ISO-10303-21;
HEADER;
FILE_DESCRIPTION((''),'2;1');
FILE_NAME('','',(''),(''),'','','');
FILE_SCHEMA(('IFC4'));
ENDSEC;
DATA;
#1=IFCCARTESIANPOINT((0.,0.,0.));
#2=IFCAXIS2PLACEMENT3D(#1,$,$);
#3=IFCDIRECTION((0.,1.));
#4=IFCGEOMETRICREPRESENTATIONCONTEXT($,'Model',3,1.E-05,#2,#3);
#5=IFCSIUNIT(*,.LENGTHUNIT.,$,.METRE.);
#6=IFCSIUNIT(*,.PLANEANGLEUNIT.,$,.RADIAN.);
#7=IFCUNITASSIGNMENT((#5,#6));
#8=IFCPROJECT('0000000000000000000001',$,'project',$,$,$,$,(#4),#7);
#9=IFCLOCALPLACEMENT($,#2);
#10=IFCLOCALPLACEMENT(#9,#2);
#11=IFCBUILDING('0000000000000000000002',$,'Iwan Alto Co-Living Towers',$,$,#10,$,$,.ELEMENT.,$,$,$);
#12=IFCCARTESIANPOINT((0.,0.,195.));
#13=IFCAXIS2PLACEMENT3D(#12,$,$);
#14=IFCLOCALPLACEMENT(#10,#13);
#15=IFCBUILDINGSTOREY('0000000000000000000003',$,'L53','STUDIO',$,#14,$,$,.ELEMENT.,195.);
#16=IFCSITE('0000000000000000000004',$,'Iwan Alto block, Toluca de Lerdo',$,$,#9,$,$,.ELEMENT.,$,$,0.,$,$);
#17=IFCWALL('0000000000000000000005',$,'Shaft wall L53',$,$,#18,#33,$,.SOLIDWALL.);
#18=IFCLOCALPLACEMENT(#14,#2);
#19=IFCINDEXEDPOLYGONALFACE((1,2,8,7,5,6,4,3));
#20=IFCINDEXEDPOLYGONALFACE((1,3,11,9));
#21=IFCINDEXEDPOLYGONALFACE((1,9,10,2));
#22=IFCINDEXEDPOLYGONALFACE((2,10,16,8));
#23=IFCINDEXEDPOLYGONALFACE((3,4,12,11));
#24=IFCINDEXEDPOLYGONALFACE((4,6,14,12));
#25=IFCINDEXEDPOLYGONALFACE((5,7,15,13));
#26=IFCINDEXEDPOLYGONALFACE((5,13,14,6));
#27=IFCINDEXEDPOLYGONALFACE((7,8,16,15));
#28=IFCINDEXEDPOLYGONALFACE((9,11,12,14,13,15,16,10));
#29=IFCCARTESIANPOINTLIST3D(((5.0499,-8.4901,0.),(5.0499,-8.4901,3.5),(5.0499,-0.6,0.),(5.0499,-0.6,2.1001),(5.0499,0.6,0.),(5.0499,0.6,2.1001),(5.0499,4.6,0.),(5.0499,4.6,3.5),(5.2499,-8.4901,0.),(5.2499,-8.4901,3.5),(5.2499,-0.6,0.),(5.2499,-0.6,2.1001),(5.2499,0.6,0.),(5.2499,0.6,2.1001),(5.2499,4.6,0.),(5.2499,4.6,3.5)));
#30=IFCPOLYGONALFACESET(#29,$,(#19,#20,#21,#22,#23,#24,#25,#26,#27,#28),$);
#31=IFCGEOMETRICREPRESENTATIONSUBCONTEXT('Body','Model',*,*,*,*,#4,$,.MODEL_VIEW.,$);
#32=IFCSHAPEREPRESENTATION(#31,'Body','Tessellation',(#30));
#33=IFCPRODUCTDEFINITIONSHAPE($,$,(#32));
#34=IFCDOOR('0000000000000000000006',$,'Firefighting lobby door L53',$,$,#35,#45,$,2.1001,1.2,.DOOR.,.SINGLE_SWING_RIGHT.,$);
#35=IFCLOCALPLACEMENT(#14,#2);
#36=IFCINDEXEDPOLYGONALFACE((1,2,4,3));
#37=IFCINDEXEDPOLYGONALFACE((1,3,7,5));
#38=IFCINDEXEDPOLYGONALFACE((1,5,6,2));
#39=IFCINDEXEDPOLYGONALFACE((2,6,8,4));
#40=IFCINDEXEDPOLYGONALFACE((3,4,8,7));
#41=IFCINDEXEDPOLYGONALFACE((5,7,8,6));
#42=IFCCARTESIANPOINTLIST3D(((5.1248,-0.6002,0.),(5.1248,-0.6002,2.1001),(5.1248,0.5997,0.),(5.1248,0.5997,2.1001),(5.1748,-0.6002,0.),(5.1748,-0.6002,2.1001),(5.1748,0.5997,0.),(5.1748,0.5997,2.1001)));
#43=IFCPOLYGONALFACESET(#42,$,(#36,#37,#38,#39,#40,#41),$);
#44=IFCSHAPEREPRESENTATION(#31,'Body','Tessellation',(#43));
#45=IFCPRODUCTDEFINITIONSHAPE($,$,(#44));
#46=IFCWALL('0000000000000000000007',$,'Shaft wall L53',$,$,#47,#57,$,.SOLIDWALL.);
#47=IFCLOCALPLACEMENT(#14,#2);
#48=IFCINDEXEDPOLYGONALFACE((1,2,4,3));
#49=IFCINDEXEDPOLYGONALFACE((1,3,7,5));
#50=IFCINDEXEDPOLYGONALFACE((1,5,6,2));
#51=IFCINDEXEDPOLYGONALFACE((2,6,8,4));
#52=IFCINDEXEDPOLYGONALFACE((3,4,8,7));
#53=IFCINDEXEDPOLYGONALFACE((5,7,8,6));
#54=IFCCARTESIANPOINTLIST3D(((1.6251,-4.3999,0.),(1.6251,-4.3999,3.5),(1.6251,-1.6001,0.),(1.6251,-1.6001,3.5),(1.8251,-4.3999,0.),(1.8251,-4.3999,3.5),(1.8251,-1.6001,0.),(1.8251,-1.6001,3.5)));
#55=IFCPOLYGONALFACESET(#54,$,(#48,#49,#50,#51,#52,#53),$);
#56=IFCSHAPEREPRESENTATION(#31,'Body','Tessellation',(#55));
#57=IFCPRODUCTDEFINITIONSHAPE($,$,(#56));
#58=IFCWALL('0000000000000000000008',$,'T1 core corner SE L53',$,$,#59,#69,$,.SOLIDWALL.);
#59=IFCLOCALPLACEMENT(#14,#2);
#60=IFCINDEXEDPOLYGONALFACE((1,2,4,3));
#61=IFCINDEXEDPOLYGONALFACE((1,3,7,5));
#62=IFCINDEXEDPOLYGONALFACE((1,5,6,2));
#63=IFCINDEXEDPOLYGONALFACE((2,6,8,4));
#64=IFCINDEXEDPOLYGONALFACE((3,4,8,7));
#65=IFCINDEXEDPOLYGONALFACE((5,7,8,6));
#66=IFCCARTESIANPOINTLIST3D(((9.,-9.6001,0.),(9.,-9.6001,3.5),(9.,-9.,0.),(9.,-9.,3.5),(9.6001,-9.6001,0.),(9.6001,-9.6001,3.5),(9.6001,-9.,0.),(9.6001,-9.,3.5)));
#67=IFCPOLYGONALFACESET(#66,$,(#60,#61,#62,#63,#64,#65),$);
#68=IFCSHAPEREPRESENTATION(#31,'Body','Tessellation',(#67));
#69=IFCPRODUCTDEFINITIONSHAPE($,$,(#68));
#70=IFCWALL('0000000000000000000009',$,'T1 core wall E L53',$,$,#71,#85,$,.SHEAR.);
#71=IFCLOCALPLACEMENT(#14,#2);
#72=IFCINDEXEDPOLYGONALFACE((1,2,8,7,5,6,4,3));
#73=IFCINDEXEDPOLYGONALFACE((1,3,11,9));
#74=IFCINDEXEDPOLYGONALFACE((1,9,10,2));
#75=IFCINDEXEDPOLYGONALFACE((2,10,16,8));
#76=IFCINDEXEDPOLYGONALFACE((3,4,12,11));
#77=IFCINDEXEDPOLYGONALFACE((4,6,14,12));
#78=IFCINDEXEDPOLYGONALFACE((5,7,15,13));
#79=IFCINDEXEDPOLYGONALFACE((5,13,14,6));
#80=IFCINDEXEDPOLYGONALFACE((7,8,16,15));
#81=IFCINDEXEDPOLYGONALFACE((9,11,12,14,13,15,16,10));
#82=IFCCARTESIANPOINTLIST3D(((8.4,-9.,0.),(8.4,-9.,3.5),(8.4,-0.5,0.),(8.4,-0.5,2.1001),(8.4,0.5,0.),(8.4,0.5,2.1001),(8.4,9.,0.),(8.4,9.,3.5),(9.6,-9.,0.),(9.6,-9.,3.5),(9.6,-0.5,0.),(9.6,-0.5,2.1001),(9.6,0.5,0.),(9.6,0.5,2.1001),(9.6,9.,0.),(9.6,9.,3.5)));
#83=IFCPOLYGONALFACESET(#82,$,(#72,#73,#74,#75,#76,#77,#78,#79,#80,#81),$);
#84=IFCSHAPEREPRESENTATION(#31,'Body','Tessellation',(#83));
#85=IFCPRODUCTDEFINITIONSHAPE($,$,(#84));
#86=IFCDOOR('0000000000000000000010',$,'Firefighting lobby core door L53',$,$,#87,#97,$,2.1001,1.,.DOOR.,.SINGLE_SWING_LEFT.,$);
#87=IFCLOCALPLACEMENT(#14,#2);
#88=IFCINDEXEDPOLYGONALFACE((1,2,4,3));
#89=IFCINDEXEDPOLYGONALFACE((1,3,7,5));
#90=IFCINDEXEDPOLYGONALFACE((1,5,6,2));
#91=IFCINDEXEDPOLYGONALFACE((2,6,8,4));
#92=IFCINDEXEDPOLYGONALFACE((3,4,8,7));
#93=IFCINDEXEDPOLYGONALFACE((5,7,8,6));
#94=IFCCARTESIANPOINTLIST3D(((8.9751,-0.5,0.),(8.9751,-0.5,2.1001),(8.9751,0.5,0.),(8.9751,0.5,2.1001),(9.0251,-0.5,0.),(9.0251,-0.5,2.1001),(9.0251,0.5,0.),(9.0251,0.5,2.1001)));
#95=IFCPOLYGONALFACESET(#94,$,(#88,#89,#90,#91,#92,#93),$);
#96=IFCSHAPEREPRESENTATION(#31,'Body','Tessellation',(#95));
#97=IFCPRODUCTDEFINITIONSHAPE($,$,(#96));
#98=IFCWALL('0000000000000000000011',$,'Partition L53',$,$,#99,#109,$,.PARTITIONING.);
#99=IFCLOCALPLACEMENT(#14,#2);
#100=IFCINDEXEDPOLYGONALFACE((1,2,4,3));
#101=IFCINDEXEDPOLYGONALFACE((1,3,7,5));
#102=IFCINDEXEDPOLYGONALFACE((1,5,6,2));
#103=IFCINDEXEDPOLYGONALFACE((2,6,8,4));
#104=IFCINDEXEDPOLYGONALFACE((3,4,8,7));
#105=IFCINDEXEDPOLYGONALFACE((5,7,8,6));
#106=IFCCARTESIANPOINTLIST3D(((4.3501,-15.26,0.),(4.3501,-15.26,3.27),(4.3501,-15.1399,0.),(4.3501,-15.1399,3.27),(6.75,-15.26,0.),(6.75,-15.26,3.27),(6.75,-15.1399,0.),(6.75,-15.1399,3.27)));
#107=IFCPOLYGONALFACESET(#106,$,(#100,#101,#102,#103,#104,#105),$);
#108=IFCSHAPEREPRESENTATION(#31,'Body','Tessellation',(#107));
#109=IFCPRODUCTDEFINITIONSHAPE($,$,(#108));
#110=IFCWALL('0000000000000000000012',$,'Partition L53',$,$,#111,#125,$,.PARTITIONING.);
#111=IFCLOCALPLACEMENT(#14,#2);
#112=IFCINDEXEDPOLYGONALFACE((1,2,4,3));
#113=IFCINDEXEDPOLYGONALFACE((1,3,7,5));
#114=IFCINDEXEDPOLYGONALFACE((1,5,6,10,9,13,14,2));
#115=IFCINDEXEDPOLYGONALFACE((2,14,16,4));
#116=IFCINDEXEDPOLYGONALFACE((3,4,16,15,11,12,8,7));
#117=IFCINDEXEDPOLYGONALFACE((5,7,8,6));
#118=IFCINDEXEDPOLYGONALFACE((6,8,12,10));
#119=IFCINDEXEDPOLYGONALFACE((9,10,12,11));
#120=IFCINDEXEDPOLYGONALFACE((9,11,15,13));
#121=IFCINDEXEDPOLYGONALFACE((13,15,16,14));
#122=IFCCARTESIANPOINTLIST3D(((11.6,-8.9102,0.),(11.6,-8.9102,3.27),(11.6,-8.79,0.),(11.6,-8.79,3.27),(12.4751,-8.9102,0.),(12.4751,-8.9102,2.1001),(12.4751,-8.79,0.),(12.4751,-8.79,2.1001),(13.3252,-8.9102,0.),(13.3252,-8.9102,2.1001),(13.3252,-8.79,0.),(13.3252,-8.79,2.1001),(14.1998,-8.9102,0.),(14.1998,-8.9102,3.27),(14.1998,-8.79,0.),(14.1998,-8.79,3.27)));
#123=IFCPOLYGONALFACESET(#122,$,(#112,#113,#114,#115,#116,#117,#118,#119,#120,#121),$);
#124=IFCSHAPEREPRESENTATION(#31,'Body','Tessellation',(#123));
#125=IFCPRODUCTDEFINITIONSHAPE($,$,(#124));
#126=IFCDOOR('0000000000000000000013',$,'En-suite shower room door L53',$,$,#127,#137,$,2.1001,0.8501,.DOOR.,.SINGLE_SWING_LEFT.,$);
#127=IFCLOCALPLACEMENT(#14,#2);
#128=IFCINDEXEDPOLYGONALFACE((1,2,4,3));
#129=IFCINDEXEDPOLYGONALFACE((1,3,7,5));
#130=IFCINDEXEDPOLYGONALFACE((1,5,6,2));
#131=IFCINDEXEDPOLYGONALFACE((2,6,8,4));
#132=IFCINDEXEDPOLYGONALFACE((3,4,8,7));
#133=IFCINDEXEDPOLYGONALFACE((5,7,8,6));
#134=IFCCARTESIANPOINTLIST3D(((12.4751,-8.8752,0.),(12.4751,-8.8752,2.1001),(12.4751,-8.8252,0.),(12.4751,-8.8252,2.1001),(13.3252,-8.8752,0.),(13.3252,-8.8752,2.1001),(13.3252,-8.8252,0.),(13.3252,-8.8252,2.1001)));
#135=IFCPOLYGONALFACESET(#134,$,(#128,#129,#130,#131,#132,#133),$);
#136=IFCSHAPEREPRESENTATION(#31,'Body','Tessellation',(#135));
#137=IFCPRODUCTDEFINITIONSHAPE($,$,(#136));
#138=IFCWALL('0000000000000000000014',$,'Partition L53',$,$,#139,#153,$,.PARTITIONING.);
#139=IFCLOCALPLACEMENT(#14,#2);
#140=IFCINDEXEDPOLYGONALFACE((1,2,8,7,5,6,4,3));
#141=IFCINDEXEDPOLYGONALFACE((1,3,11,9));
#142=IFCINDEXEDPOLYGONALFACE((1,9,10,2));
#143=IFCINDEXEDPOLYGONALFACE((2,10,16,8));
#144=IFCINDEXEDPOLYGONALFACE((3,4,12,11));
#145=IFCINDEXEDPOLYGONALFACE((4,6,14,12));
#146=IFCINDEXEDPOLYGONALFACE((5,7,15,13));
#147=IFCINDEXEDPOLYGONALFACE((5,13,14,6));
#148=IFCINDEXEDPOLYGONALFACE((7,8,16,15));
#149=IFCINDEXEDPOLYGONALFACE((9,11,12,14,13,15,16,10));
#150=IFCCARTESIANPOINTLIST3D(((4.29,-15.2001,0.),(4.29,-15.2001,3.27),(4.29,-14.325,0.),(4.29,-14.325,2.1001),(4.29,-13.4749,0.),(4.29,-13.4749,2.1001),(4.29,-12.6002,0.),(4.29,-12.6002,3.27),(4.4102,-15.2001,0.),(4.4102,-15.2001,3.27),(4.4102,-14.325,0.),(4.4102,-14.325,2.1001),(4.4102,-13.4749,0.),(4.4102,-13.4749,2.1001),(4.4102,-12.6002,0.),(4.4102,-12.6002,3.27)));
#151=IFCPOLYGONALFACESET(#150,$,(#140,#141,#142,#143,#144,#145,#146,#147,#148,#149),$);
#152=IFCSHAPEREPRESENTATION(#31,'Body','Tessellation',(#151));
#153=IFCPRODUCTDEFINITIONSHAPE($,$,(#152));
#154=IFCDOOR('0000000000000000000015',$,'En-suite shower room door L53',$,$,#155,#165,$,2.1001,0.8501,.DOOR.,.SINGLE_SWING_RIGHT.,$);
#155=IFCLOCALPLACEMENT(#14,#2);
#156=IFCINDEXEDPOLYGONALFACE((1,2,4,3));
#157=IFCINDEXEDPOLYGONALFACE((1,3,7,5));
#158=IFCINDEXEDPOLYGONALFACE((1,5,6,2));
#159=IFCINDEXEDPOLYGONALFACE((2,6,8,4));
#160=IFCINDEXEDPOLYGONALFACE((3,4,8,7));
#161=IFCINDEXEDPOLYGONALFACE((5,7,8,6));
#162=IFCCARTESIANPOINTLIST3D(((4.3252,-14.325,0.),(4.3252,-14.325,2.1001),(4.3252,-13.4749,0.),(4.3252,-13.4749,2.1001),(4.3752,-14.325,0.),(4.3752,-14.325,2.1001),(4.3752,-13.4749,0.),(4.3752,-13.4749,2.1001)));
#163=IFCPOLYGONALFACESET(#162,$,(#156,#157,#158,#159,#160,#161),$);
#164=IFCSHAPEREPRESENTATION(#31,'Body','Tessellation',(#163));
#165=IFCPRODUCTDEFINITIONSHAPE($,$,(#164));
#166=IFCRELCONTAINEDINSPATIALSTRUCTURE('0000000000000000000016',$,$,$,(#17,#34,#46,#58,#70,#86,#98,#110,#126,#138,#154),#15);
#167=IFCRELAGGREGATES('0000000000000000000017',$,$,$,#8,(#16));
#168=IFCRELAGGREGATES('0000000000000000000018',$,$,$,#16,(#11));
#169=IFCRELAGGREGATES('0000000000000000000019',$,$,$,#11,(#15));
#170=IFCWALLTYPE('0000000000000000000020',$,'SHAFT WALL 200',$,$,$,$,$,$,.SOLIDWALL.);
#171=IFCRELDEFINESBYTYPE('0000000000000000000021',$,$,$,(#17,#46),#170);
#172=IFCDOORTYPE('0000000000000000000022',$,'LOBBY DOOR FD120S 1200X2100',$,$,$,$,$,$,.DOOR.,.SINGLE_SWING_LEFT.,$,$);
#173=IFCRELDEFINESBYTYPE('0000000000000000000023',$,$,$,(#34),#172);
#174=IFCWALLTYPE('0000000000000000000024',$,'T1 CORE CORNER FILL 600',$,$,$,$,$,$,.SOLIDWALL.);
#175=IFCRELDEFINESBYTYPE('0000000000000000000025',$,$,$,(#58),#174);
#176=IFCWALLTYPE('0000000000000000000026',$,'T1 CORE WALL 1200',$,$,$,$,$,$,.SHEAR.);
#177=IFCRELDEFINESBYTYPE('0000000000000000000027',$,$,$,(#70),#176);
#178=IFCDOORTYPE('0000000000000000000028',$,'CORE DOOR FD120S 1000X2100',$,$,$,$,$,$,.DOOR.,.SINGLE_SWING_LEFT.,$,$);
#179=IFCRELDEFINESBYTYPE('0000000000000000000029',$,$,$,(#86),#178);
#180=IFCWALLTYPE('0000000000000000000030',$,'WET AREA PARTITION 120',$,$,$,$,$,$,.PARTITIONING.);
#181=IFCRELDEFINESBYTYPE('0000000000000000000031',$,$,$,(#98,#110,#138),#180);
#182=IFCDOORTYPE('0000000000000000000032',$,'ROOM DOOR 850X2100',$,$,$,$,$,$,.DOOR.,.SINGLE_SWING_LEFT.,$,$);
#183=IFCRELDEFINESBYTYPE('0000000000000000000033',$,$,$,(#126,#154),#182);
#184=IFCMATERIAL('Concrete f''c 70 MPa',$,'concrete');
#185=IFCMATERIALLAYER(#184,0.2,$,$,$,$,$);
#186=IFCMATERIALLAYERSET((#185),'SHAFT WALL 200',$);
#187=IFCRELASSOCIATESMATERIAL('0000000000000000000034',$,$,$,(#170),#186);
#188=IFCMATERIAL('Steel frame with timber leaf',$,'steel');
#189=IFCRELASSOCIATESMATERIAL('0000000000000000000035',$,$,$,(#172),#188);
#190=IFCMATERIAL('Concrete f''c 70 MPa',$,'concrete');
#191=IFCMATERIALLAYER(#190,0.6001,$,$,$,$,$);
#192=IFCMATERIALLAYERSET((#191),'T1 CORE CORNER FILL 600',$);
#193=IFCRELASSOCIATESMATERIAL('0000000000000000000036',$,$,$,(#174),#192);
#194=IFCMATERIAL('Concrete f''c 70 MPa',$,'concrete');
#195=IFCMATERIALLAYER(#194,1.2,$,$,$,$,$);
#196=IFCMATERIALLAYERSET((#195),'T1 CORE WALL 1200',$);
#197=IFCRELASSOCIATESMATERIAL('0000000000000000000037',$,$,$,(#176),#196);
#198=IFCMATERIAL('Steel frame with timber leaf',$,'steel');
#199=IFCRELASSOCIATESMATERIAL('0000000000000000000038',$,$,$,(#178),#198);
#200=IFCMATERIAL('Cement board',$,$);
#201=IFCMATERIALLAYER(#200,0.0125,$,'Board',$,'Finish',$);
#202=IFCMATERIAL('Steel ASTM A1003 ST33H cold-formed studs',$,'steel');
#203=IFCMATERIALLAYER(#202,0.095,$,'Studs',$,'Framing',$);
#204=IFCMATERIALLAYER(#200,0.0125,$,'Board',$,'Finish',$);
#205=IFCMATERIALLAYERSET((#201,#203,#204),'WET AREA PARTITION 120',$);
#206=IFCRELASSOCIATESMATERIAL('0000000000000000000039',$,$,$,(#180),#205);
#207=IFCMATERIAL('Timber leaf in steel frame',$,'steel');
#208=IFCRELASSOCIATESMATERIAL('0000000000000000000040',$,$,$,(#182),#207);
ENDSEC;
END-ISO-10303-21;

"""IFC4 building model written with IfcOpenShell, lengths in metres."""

from ifc_helpers import new_model, si_unit, direction, frame, frame_2d, origin, place, context, subcontext, project, spatial, rectangle, extrude, material, layer, layer_set, type_object, element, fill, save


model = new_model("IFC4")

# Units and contexts
model_context = context("Model", 3, precision=1e-05, world=origin(), true_north=direction((0.0, 1.0)))
body_context = subcontext(model_context, "Body", "Model", "MODEL_VIEW")
ifc_project = project(units=[si_unit("LENGTHUNIT", "METRE"), si_unit("PLANEANGLEUNIT", "RADIAN")], contexts=[model_context])

# Site, building, storey
site_placement = place(None, origin())
site = spatial("IfcSite", under=ifc_project, at=site_placement, Name="Iwan Alto block, Toluca de Lerdo", CompositionType="ELEMENT", RefElevation=0.0)
building_placement = place(site_placement, origin())
building = spatial("IfcBuilding", under=site, at=building_placement, Name="Iwan Alto Co-Living Towers", CompositionType="ELEMENT")
storey_placement = place(building_placement, frame((0.0, 0.0, 195.0)))
storey = spatial("IfcBuildingStorey", under=building, at=storey_placement, Name="L53", Description="STUDIO", CompositionType="ELEMENT", Elevation=195.0)

# Shared definitions
ifc_material_1 = material(Name="Steel ASTM A1003 ST33H cold-formed studs", Category="steel")

# Wall, opening, door
ifc_material_2 = material(Name="Concrete f'c 70 MPa", Category="concrete")
ifc_layer_1 = layer(ifc_material_2, 0.2)
ifc_layer_set_1 = layer_set([ifc_layer_1], Name="SHAFT WALL 200")
wall_type_1 = type_object("IfcWallType", Name="SHAFT WALL 200", PredefinedType="SOLIDWALL", material=ifc_layer_set_1)
wall_1_placement = place(storey_placement, frame((5.1499, -8.49, 0.0), z_axis=(0.0, 0.0, 1.0), x_axis=(0.0, 1.0, 0.0)))
wall_1 = element("IfcWall", 1, at=wall_1_placement, inside=storey, type_object=wall_type_1, Name="Shaft wall L53", PredefinedType="SOLIDWALL", context=body_context, shape_type="SweptSolid", body=[
    extrude(rectangle(XDim=13.0901, YDim=0.2, at=frame_2d((6.5449, 0.0))), origin(), (0.0, 0.0, 1.0), 3.5),
])
opening_1_placement = place(wall_1_placement, frame((7.8899, 0.0, 0.0)))
opening_1 = element("IfcOpeningElement", 2, at=opening_1_placement, cuts=wall_1, PredefinedType="OPENING", context=body_context, shape_type="SweptSolid", body=[
    extrude(rectangle(XDim=1.2, YDim=2.1001, at=frame_2d((0.6001, 1.05))), frame((0.0, 0.1099, 0.0), z_axis=(0.0, -1.0, 0.0), x_axis=(1.0, 0.0, 0.0)), (0.0, 0.0, 1.0), 0.22),
])
ifc_material_3 = material(Name="Steel frame with timber leaf", Category="steel")
door_type_1 = type_object("IfcDoorType", Name="LOBBY DOOR FD120S 1200X2100", OperationType="SINGLE_SWING_LEFT", PredefinedType="DOOR", material=ifc_material_3)
door_1_placement = place(opening_1_placement, frame((1.2, 0.0, 0.0), z_axis=(0.0, 0.0, 1.0), x_axis=(-1.0, 0.0, 0.0)))
door_1 = element("IfcDoor", 3, at=door_1_placement, inside=storey, type_object=door_type_1, Name="Firefighting lobby door L53", OperationType="SINGLE_SWING_RIGHT", OverallHeight=2.1001, OverallWidth=1.2, PredefinedType="DOOR", context=body_context, shape_type="SweptSolid", body=[
    extrude(rectangle(XDim=1.2, YDim=2.1001, at=frame_2d((0.6001, 1.05))), frame((0.0, 0.0249, 0.0), z_axis=(0.0, -1.0, 0.0), x_axis=(1.0, 0.0, 0.0)), (0.0, 0.0, 1.0), 0.05),
])
fill(opening_1, door_1)

# Walls
wall_2_placement = place(storey_placement, frame((1.7251, -4.3999, 0.0), z_axis=(0.0, 0.0, 1.0), x_axis=(0.0, 1.0, 0.0)))
element("IfcWall", 4, at=wall_2_placement, inside=storey, type_object=wall_type_1, Name="Shaft wall L53", PredefinedType="SOLIDWALL", context=body_context, shape_type="SweptSolid", body=[
    extrude(rectangle(XDim=2.7998, YDim=0.2, at=frame_2d((1.3999, 0.0))), origin(), (0.0, 0.0, 1.0), 3.5),
])
ifc_material_4 = material(Name="Concrete f'c 70 MPa", Category="concrete")
ifc_layer_2 = layer(ifc_material_4, 0.6001)
ifc_layer_set_2 = layer_set([ifc_layer_2], Name="T1 CORE CORNER FILL 600")
wall_type_2 = type_object("IfcWallType", Name="T1 CORE CORNER FILL 600", PredefinedType="SOLIDWALL", material=ifc_layer_set_2)
wall_3_placement = place(storey_placement, frame((9.0, -9.3, 0.0), z_axis=(0.0, 0.0, 1.0), x_axis=(1.0, 0.0, 0.0)))
element("IfcWall", 5, at=wall_3_placement, inside=storey, type_object=wall_type_2, Name="T1 core corner SE L53", PredefinedType="SOLIDWALL", context=body_context, shape_type="SweptSolid", body=[
    extrude(rectangle(XDim=0.6001, YDim=0.6001, at=frame_2d((0.3, 0.0))), origin(), (0.0, 0.0, 1.0), 3.5),
])

# Wall, opening, door
ifc_material_5 = material(Name="Concrete f'c 70 MPa", Category="concrete")
ifc_layer_3 = layer(ifc_material_5, 1.2)
ifc_layer_set_3 = layer_set([ifc_layer_3], Name="T1 CORE WALL 1200")
wall_type_3 = type_object("IfcWallType", Name="T1 CORE WALL 1200", PredefinedType="SHEAR", material=ifc_layer_set_3)
wall_4_placement = place(storey_placement, frame((9.0, -9.0, 0.0), z_axis=(0.0, 0.0, 1.0), x_axis=(0.0, 1.0, 0.0)))
wall_4 = element("IfcWall", 6, at=wall_4_placement, inside=storey, type_object=wall_type_3, Name="T1 core wall E L53", PredefinedType="SHEAR", context=body_context, shape_type="SweptSolid", body=[
    extrude(rectangle(XDim=18.0, YDim=1.2, at=frame_2d((9.0, 0.0))), origin(), (0.0, 0.0, 1.0), 3.5),
])
opening_2_placement = place(wall_4_placement, frame((8.5, 0.0, 0.0)))
opening_2 = element("IfcOpeningElement", 7, at=opening_2_placement, cuts=wall_4, PredefinedType="OPENING", context=body_context, shape_type="SweptSolid", body=[
    extrude(rectangle(XDim=1.0, YDim=2.1001, at=frame_2d((0.5, 1.05))), frame((0.0, 0.6099, 0.0), z_axis=(0.0, -1.0, 0.0), x_axis=(1.0, 0.0, 0.0)), (0.0, 0.0, 1.0), 1.22),
])
ifc_material_6 = material(Name="Steel frame with timber leaf", Category="steel")
door_type_2 = type_object("IfcDoorType", Name="CORE DOOR FD120S 1000X2100", OperationType="SINGLE_SWING_LEFT", PredefinedType="DOOR", material=ifc_material_6)
door_2_placement = place(opening_2_placement, origin())
door_2 = element("IfcDoor", 8, at=door_2_placement, inside=storey, type_object=door_type_2, Name="Firefighting lobby core door L53", OperationType="SINGLE_SWING_LEFT", OverallHeight=2.1001, OverallWidth=1.0, PredefinedType="DOOR", context=body_context, shape_type="SweptSolid", body=[
    extrude(rectangle(XDim=1.0, YDim=2.1001, at=frame_2d((0.5, 1.05))), frame((0.0, 0.0249, 0.0), z_axis=(0.0, -1.0, 0.0), x_axis=(1.0, 0.0, 0.0)), (0.0, 0.0, 1.0), 0.05),
])
fill(opening_2, door_2)

# Wall
ifc_material_7 = material(Name="Cement board")
ifc_layer_4 = layer(ifc_material_7, 0.0125, Name="Board", Category="Finish")
ifc_layer_5 = layer(ifc_material_1, 0.095, Name="Studs", Category="Framing")
ifc_layer_6 = layer(ifc_material_7, 0.0125, Name="Board", Category="Finish")
ifc_layer_set_4 = layer_set([ifc_layer_4, ifc_layer_5, ifc_layer_6], Name="WET AREA PARTITION 120")
wall_type_4 = type_object("IfcWallType", Name="WET AREA PARTITION 120", PredefinedType="PARTITIONING", material=ifc_layer_set_4)
wall_5_placement = place(storey_placement, frame((4.3501, -15.2, 0.0), z_axis=(0.0, 0.0, 1.0), x_axis=(1.0, 0.0, 0.0)))
element("IfcWall", 9, at=wall_5_placement, inside=storey, type_object=wall_type_4, Name="Partition L53", PredefinedType="PARTITIONING", context=body_context, shape_type="SweptSolid", body=[
    extrude(rectangle(XDim=2.3999, YDim=0.1201, at=frame_2d((1.2, 0.0))), origin(), (0.0, 0.0, 1.0), 3.27),
])

# Walls, openings, doors
wall_6_placement = place(storey_placement, frame((11.6001, -8.8501, 0.0), z_axis=(0.0, 0.0, 1.0), x_axis=(1.0, 0.0, 0.0)))
wall_6 = element("IfcWall", 10, at=wall_6_placement, inside=storey, type_object=wall_type_4, Name="Partition L53", PredefinedType="PARTITIONING", context=body_context, shape_type="SweptSolid", body=[
    extrude(rectangle(XDim=2.5999, YDim=0.1201, at=frame_2d((1.2998, 0.0))), origin(), (0.0, 0.0, 1.0), 3.27),
])
opening_3_placement = place(wall_6_placement, frame((0.875, 0.0, 0.0)))
opening_3 = element("IfcOpeningElement", 11, at=opening_3_placement, cuts=wall_6, PredefinedType="OPENING", context=body_context, shape_type="SweptSolid", body=[
    extrude(rectangle(XDim=0.8501, YDim=2.1001, at=frame_2d((0.425, 1.05))), frame((0.0, 0.0701, 0.0), z_axis=(0.0, -1.0, 0.0), x_axis=(1.0, 0.0, 0.0)), (0.0, 0.0, 1.0), 0.1401),
])
ifc_material_8 = material(Name="Timber leaf in steel frame", Category="steel")
door_type_3 = type_object("IfcDoorType", Name="ROOM DOOR 850X2100", OperationType="SINGLE_SWING_LEFT", PredefinedType="DOOR", material=ifc_material_8)
door_3_placement = place(opening_3_placement, origin())
door_3 = element("IfcDoor", 12, at=door_3_placement, inside=storey, type_object=door_type_3, Name="En-suite shower room door L53", OperationType="SINGLE_SWING_LEFT", OverallHeight=2.1001, OverallWidth=0.8501, PredefinedType="DOOR", context=body_context, shape_type="SweptSolid", body=[
    extrude(rectangle(XDim=0.8501, YDim=2.1001, at=frame_2d((0.425, 1.05))), frame((0.0, 0.0249, 0.0), z_axis=(0.0, -1.0, 0.0), x_axis=(1.0, 0.0, 0.0)), (0.0, 0.0, 1.0), 0.05),
])
fill(opening_3, door_3)
wall_7_placement = place(storey_placement, frame((4.3501, -15.2, 0.0), z_axis=(0.0, 0.0, 1.0), x_axis=(0.0, 1.0, 0.0)))
wall_7 = element("IfcWall", 13, at=wall_7_placement, inside=storey, type_object=wall_type_4, Name="Partition L53", PredefinedType="PARTITIONING", context=body_context, shape_type="SweptSolid", body=[
    extrude(rectangle(XDim=2.5999, YDim=0.1201, at=frame_2d((1.2998, 0.0))), origin(), (0.0, 0.0, 1.0), 3.27),
])
opening_4_placement = place(wall_7_placement, frame((0.875, 0.0, 0.0)))
opening_4 = element("IfcOpeningElement", 14, at=opening_4_placement, cuts=wall_7, PredefinedType="OPENING", context=body_context, shape_type="SweptSolid", body=[
    extrude(rectangle(XDim=0.8501, YDim=2.1001, at=frame_2d((0.425, 1.05))), frame((0.0, 0.0701, 0.0), z_axis=(0.0, -1.0, 0.0), x_axis=(1.0, 0.0, 0.0)), (0.0, 0.0, 1.0), 0.1401),
])
door_4_placement = place(opening_4_placement, origin())
door_4 = element("IfcDoor", 15, at=door_4_placement, inside=storey, type_object=door_type_3, Name="En-suite shower room door L53", OperationType="SINGLE_SWING_RIGHT", OverallHeight=2.1001, OverallWidth=0.8501, PredefinedType="DOOR", context=body_context, shape_type="SweptSolid", body=[
    extrude(rectangle(XDim=0.8501, YDim=2.1001, at=frame_2d((0.425, 1.05))), frame((0.0, 0.0249, 0.0), z_axis=(0.0, -1.0, 0.0), x_axis=(1.0, 0.0, 0.0)), (0.0, 0.0, 1.0), 0.05),
])
fill(opening_4, door_4)

save(model, "model.ifc")
